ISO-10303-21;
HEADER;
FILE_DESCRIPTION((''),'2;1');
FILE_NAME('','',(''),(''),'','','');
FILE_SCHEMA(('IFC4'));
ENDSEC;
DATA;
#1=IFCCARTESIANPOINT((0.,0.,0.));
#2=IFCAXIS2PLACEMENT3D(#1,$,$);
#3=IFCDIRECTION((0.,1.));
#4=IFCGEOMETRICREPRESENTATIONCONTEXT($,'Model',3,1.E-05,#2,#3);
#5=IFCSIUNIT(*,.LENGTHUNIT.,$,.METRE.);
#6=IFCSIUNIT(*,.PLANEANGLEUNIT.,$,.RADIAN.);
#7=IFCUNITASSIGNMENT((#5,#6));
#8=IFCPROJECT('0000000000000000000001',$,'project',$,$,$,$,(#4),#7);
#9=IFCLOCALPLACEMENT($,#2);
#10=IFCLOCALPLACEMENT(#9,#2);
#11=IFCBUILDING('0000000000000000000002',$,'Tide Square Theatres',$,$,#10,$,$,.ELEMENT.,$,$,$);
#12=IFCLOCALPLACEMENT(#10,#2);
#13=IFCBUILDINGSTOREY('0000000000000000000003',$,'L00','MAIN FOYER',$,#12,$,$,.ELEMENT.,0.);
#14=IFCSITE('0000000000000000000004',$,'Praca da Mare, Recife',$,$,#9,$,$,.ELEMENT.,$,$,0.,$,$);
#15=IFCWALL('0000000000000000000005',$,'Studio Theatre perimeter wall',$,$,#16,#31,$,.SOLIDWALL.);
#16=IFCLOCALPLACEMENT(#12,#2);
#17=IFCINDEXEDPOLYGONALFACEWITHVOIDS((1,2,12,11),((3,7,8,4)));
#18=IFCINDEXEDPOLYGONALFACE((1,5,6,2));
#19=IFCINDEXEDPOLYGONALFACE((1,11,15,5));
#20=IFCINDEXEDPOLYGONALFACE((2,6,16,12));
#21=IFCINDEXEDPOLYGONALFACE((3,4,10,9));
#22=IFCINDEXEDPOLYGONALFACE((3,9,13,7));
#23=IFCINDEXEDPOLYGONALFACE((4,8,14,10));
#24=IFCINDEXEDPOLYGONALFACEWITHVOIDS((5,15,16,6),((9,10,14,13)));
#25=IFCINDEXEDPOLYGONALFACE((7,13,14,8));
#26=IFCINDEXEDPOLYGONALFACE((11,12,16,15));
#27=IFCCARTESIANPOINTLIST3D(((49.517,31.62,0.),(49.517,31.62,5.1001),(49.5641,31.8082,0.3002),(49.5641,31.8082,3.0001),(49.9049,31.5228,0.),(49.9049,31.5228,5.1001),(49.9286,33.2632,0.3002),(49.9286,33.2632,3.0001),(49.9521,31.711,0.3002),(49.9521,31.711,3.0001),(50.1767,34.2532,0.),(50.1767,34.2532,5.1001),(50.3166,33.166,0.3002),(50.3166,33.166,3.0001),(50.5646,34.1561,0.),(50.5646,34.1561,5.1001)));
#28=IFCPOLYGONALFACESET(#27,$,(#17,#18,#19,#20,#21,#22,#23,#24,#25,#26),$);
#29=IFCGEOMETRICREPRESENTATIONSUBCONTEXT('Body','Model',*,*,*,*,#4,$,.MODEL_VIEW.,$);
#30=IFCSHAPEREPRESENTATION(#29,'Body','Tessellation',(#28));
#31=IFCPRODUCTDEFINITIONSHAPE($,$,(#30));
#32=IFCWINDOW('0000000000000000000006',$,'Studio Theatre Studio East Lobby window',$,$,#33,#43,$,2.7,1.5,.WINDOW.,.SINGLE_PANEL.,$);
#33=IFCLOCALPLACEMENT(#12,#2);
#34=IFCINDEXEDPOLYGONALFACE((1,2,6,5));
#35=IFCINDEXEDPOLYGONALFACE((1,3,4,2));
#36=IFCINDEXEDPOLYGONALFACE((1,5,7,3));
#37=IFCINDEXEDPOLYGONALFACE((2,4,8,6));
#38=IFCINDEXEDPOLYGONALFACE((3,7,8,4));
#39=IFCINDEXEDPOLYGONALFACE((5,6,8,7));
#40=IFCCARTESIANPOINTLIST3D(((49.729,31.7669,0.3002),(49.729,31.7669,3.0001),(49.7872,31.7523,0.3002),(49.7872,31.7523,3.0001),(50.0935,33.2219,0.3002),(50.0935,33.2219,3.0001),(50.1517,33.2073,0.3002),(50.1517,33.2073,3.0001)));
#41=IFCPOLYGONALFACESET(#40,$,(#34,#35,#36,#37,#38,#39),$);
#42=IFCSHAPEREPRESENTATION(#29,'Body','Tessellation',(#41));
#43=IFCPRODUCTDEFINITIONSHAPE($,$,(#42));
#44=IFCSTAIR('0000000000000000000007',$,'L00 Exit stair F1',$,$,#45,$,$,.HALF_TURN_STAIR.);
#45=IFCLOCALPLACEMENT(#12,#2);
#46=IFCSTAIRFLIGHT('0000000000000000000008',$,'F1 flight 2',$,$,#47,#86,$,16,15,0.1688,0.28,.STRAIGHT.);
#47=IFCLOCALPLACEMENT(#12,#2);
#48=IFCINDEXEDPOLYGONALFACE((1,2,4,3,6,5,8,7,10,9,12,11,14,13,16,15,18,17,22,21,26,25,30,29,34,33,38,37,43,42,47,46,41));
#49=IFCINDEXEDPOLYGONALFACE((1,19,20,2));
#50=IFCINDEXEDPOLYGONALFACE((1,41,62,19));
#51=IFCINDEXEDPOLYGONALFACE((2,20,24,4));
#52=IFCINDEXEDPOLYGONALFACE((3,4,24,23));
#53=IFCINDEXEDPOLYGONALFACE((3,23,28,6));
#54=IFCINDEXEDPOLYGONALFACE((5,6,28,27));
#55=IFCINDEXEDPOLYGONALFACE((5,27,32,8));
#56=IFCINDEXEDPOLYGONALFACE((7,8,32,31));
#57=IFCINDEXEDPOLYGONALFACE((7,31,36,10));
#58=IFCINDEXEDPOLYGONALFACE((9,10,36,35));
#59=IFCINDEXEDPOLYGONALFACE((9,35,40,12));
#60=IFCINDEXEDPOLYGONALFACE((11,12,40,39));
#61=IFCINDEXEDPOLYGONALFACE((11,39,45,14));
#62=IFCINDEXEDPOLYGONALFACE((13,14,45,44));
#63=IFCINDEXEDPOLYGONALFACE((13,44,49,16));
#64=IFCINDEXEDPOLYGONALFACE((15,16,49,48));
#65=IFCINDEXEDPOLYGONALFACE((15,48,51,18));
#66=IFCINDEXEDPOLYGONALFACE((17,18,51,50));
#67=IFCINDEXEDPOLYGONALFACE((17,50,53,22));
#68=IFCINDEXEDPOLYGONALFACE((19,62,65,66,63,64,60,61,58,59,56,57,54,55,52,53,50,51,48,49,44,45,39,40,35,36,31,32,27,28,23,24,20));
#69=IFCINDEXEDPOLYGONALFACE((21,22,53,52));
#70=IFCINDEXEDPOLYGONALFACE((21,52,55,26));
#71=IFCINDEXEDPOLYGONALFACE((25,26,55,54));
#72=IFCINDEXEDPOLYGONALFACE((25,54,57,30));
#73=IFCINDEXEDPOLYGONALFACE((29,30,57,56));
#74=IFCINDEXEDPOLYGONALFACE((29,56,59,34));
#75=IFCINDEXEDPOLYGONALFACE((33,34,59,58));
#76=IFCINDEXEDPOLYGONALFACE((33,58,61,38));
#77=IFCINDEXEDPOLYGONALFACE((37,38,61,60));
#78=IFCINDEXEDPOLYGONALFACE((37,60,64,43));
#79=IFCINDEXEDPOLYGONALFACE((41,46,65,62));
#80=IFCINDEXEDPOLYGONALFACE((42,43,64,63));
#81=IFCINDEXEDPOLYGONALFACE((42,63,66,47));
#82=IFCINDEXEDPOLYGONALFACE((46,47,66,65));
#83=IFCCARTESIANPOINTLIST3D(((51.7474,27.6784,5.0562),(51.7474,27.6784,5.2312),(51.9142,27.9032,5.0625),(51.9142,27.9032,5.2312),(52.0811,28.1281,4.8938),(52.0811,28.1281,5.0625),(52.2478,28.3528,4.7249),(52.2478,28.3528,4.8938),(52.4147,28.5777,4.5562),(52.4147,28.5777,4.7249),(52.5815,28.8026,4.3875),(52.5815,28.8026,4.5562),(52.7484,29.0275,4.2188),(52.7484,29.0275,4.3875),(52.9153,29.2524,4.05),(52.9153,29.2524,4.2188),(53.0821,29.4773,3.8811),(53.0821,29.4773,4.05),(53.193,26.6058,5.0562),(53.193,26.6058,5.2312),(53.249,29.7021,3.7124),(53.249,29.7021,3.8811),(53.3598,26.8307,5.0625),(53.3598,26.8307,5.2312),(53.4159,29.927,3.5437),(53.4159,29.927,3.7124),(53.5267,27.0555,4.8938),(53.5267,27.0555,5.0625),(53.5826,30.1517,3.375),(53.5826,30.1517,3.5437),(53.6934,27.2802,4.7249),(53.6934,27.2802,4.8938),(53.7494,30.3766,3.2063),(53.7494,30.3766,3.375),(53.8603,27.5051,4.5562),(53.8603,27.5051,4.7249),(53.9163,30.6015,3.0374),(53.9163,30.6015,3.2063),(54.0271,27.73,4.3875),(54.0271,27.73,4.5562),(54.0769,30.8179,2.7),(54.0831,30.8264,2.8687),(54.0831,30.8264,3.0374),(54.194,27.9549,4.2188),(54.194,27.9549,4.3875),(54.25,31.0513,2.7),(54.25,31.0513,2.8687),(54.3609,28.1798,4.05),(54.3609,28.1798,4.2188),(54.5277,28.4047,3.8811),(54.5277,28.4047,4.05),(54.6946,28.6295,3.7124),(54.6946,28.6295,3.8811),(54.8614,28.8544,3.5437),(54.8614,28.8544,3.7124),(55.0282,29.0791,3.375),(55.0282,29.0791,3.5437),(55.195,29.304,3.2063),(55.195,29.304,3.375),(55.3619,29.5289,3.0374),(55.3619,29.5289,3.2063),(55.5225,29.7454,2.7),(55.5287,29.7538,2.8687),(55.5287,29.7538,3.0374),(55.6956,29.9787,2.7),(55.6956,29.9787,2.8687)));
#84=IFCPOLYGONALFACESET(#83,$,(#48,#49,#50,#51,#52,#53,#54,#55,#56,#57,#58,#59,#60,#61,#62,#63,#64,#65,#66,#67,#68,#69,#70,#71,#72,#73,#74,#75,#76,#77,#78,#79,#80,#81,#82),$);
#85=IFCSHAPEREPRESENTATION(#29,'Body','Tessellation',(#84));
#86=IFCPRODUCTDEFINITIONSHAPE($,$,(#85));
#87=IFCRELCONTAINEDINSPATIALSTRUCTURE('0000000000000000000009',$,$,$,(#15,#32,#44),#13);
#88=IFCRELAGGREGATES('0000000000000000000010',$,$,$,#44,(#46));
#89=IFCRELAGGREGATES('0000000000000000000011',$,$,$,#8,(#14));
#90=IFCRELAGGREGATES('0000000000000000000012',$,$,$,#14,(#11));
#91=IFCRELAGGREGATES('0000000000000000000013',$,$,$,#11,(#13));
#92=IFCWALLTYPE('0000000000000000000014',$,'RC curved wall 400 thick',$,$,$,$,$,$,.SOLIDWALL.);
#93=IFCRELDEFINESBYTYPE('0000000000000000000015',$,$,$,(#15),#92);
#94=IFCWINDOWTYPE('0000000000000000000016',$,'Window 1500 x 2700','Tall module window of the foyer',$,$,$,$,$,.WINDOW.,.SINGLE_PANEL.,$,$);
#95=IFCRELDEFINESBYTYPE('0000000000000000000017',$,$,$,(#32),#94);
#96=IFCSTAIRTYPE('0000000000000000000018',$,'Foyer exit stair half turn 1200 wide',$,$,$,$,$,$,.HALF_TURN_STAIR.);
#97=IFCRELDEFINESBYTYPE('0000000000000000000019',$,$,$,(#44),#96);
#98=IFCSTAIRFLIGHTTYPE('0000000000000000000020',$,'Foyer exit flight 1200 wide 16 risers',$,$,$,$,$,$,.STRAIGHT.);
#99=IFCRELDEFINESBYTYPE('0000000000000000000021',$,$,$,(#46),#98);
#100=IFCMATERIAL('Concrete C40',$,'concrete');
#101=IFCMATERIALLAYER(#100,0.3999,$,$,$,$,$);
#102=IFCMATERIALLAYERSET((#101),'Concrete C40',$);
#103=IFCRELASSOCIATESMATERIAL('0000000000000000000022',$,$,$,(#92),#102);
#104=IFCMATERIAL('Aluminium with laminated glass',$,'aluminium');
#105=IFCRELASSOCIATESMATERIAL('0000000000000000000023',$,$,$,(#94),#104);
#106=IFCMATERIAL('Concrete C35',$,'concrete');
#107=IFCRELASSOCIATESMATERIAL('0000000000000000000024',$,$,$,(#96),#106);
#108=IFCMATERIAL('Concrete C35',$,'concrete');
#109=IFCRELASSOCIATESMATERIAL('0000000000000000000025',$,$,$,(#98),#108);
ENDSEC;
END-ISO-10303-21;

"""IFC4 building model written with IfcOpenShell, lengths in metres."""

from ifc_helpers import new_model, si_unit, direction, frame, frame_2d, origin, place, context, subcontext, project, spatial, polyline, rectangle, outline, extrude, material, layer, layer_set, type_object, element, fill, aggregate, save


model = new_model("IFC4")

# Units and contexts
model_context = context("Model", 3, precision=1e-05, world=origin(), true_north=direction((0.0, 1.0)))
body_context = subcontext(model_context, "Body", "Model", "MODEL_VIEW")
ifc_project = project(units=[si_unit("LENGTHUNIT", "METRE"), si_unit("PLANEANGLEUNIT", "RADIAN")], contexts=[model_context])

# Site, building, storey
site_placement = place(None, origin())
site = spatial("IfcSite", under=ifc_project, at=site_placement, Name="Praca da Mare, Recife", CompositionType="ELEMENT", RefElevation=0.0)
building_placement = place(site_placement, origin())
building = spatial("IfcBuilding", under=site, at=building_placement, Name="Tide Square Theatres", CompositionType="ELEMENT")
storey_placement = place(building_placement, origin())
storey = spatial("IfcBuildingStorey", under=building, at=storey_placement, Name="L00", Description="MAIN FOYER", CompositionType="ELEMENT", Elevation=0.0)

# Wall, opening, window
ifc_material_1 = material(Name="Concrete C40", Category="concrete")
ifc_layer_1 = layer(ifc_material_1, 0.3999)
ifc_layer_set_1 = layer_set([ifc_layer_1], Name="Concrete C40")
wall_type = type_object("IfcWallType", Name="RC curved wall 400 thick", PredefinedType="SOLIDWALL", material=ifc_layer_set_1)
wall_placement = place(storey_placement, frame((49.7109, 31.5713, 0.0), z_axis=(0.0, 0.0, 1.0), x_axis=(0.243001, 0.970026, 0.0)))
wall = element("IfcWall", 1, at=wall_placement, inside=storey, type_object=wall_type, Name="Studio Theatre perimeter wall", PredefinedType="SOLIDWALL", context=body_context, shape_type="SweptSolid", body=[
    extrude(rectangle(XDim=2.7146, YDim=0.3999, at=frame_2d((1.3574, 0.0))), origin(), (0.0, 0.0, 1.0), 5.1001),
])
opening_placement = place(wall_placement, frame((0.1941, 0.0, 0.3)))
opening = element("IfcOpeningElement", 2, at=opening_placement, cuts=wall, PredefinedType="OPENING", context=body_context, shape_type="SweptSolid", body=[
    extrude(rectangle(XDim=1.5, YDim=2.7, at=frame_2d((0.75, 1.3501))), frame((0.0, 0.21, 0.0), z_axis=(0.0, -1.0, 0.0), x_axis=(1.0, 0.0, 0.0)), (0.0, 0.0, 1.0), 0.4199),
])
ifc_material_2 = material(Name="Aluminium with laminated glass", Category="aluminium")
window_type = type_object("IfcWindowType", Name="Window 1500 x 2700", Description="Tall module window of the foyer", PartitioningType="SINGLE_PANEL", PredefinedType="WINDOW", material=ifc_material_2)
window_placement = place(opening_placement, origin())
window = element("IfcWindow", 3, at=window_placement, inside=storey, type_object=window_type, Name="Studio Theatre Studio East Lobby window", OverallHeight=2.7, OverallWidth=1.5, PartitioningType="SINGLE_PANEL", PredefinedType="WINDOW", context=body_context, shape_type="SweptSolid", body=[
    extrude(rectangle(XDim=1.5, YDim=2.7, at=frame_2d((0.75, 1.3501))), frame((0.0, 0.03, 0.0), z_axis=(0.0, -1.0, 0.0), x_axis=(1.0, 0.0, 0.0)), (0.0, 0.0, 1.0), 0.0601),
])
fill(opening, window)

# Stair, stair flight
ifc_material_3 = material(Name="Concrete C35", Category="concrete")
stair_type = type_object("IfcStairType", Name="Foyer exit stair half turn 1200 wide", PredefinedType="HALF_TURN_STAIR", material=ifc_material_3)
stair_placement = place(storey_placement, origin())
stair = element("IfcStair", 4, at=stair_placement, inside=storey, type_object=stair_type, Name="L00 Exit stair F1", PredefinedType="HALF_TURN_STAIR")
ifc_material_4 = material(Name="Concrete C35", Category="concrete")
stair_flight_type = type_object("IfcStairFlightType", Name="Foyer exit flight 1200 wide 16 risers", PredefinedType="STRAIGHT", material=ifc_material_4)
stair_flight_placement = place(storey_placement, frame((54.9729, 30.5149, 2.7), z_axis=(0.0, 0.0, 1.0), x_axis=(-0.595869, -0.803081, 0.0)))
stair_flight = element("IfcStairFlight", 5, at=stair_flight_placement, type_object=stair_flight_type, Name="F1 flight 2", NumberOfRisers=16, NumberOfTreads=15, PredefinedType="STRAIGHT", RiserHeight=0.1688, TreadLength=0.28, context=body_context, shape_type="SweptSolid", body=[
    extrude(outline(polyline([(0.0, 0.0), (0.0, 0.1687), (0.28, 0.1687), (0.28, 0.3374), (0.5601, 0.3374), (0.5601, 0.5063), (0.8401, 0.5063), (0.8401, 0.675), (1.1201, 0.675), (1.1201, 0.8438), (1.3999, 0.8438), (1.3999, 1.0125), (1.6799, 1.0125), (1.6799, 1.1812), (1.96, 1.1812), (1.96, 1.3501), (2.24, 1.3501), (2.24, 1.5188), (2.52, 1.5188), (2.52, 1.6875), (2.8, 1.6875), (2.8, 1.8562), (3.0801, 1.8562), (3.0801, 2.0249), (3.3601, 2.0249), (3.3601, 2.1938), (3.6399, 2.1938), (3.6399, 2.3625), (3.9199, 2.3625), (3.9199, 2.5312), (4.2, 2.5312), (4.2, 2.7), (4.2, 2.3562), (0.2905, 0.0), (0.0, 0.0)])), frame((0.0, 0.8999, 0.0), z_axis=(0.0, -1.0, 0.0), x_axis=(1.0, 0.0, 0.0)), (0.0, 0.0, 1.0), 1.8),
])
aggregate(stair, [stair_flight])

save(model, "model.ifc")
